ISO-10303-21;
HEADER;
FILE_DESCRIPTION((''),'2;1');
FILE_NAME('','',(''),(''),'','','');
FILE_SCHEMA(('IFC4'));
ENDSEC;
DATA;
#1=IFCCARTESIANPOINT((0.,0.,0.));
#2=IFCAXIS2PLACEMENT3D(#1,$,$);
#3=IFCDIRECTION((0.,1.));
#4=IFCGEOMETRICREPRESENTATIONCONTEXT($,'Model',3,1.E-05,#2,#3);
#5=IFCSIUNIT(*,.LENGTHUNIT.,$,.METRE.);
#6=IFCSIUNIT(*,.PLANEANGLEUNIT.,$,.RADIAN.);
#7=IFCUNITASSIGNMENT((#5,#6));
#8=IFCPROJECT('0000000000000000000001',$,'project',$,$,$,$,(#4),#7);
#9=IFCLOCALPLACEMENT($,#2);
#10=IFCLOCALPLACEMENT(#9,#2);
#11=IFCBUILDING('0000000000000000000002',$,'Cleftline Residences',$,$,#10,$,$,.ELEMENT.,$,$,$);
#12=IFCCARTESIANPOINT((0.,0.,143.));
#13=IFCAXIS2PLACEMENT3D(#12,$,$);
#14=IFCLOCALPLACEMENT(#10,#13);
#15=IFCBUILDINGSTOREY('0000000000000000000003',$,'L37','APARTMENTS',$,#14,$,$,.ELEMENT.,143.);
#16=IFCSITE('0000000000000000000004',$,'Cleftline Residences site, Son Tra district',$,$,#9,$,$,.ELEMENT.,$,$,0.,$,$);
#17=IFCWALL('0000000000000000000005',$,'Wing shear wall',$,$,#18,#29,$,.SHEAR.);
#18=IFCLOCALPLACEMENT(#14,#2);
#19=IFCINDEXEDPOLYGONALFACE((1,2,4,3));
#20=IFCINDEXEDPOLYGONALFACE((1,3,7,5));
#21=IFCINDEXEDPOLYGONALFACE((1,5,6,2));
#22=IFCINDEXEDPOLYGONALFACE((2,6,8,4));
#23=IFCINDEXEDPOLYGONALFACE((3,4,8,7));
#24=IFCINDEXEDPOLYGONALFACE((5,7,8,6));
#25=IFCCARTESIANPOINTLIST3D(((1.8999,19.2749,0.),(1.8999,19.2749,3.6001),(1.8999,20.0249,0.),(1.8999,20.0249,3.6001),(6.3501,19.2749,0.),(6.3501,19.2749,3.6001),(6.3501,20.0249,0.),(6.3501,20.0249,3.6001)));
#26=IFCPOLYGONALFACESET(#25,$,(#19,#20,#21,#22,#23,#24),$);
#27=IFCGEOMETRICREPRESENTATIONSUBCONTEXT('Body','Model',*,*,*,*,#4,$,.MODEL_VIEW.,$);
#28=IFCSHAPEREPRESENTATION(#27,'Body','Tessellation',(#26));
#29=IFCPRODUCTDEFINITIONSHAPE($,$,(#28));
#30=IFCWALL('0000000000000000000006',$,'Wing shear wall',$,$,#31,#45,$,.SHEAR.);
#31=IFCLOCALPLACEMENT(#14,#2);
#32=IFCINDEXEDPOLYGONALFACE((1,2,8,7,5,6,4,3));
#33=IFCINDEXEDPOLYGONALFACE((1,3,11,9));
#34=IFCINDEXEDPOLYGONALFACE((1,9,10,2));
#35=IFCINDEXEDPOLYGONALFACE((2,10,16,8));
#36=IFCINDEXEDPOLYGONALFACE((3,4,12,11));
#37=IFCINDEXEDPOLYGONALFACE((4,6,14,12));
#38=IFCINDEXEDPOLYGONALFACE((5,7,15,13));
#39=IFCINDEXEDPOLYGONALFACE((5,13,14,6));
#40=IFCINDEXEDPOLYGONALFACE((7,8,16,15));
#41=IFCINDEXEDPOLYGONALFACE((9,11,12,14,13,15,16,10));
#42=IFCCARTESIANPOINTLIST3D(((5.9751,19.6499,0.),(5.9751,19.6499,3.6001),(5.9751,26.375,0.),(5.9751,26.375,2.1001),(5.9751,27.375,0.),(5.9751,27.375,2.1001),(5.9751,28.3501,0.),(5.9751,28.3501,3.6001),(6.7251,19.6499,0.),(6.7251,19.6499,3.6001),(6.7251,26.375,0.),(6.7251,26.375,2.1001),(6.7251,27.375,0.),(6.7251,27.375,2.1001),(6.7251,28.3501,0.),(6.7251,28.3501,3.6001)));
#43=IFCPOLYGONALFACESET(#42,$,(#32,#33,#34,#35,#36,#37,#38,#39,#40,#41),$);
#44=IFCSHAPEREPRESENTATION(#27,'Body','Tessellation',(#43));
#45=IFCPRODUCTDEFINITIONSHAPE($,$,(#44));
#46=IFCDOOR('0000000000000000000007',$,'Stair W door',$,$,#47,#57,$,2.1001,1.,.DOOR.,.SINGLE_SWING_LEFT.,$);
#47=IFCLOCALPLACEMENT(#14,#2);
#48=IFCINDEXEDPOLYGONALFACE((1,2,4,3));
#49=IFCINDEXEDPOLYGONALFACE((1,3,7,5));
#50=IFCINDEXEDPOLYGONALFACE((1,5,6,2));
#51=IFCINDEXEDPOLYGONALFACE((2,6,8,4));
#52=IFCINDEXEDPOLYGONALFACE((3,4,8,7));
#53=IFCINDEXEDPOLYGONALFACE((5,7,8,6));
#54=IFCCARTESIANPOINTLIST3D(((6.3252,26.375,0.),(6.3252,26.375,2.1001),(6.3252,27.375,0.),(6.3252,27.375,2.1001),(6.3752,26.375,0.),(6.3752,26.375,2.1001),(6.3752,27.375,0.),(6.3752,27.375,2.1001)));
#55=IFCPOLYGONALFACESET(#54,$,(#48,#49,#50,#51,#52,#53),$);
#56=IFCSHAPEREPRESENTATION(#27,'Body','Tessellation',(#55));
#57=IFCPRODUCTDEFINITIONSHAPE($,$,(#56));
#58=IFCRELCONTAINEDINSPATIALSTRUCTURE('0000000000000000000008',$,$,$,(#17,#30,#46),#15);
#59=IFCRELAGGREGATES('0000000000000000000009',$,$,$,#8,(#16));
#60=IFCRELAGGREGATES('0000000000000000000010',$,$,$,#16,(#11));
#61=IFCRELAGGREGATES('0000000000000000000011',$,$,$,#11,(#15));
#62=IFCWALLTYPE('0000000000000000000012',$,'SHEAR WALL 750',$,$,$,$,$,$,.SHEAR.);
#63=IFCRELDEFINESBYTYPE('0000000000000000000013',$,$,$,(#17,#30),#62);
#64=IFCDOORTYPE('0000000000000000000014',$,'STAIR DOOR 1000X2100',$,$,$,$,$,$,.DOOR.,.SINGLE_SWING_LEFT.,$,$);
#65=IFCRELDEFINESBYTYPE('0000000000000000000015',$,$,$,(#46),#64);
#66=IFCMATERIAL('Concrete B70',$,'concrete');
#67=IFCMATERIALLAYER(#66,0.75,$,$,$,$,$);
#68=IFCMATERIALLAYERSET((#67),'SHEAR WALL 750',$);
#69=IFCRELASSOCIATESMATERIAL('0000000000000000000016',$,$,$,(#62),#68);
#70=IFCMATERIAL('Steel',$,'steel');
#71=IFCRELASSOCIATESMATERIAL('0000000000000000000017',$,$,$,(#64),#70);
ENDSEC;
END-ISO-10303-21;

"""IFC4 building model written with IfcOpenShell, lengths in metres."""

from ifc_helpers import new_model, si_unit, direction, frame, frame_2d, origin, place, context, subcontext, project, spatial, rectangle, extrude, material, layer, layer_set, type_object, element, fill, save


model = new_model("IFC4")

# Units and contexts
model_context = context("Model", 3, precision=1e-05, world=origin(), true_north=direction((0.0, 1.0)))
body_context = subcontext(model_context, "Body", "Model", "MODEL_VIEW")
ifc_project = project(units=[si_unit("LENGTHUNIT", "METRE"), si_unit("PLANEANGLEUNIT", "RADIAN")], contexts=[model_context])

# Site, building, storey
site_placement = place(None, origin())
site = spatial("IfcSite", under=ifc_project, at=site_placement, Name="Cleftline Residences site, Son Tra district", CompositionType="ELEMENT", RefElevation=0.0)
building_placement = place(site_placement, origin())
building = spatial("IfcBuilding", under=site, at=building_placement, Name="Cleftline Residences", CompositionType="ELEMENT")
storey_placement = place(building_placement, frame((0.0, 0.0, 143.0)))
storey = spatial("IfcBuildingStorey", under=building, at=storey_placement, Name="L37", Description="APARTMENTS", CompositionType="ELEMENT", Elevation=143.0)

# Wall
ifc_material_1 = material(Name="Concrete B70", Category="concrete")
ifc_layer_1 = layer(ifc_material_1, 0.75)
ifc_layer_set_1 = layer_set([ifc_layer_1], Name="SHEAR WALL 750")
wall_type_1 = type_object("IfcWallType", Name="SHEAR WALL 750", PredefinedType="SHEAR", material=ifc_layer_set_1)
wall_1_placement = place(storey_placement, frame((1.8999, 19.6499, 0.0), z_axis=(0.0, 0.0, 1.0), x_axis=(1.0, 0.0, 0.0)))
element("IfcWall", 1, at=wall_1_placement, inside=storey, type_object=wall_type_1, Name="Wing shear wall", PredefinedType="SHEAR", context=body_context, shape_type="SweptSolid", body=[
    extrude(rectangle(XDim=4.4502, YDim=0.75, at=frame_2d((2.2251, 0.0))), origin(), (0.0, 0.0, 1.0), 3.6001),
])

# Wall, opening, door
wall_2_placement = place(storey_placement, frame((6.3501, 19.6499, 0.0), z_axis=(0.0, 0.0, 1.0), x_axis=(0.0, 1.0, 0.0)))
wall_2 = element("IfcWall", 2, at=wall_2_placement, inside=storey, type_object=wall_type_1, Name="Wing shear wall", PredefinedType="SHEAR", context=body_context, shape_type="SweptSolid", body=[
    extrude(rectangle(XDim=8.7002, YDim=0.75, at=frame_2d((4.3501, 0.0))), origin(), (0.0, 0.0, 1.0), 3.6001),
])
opening_1_placement = place(wall_2_placement, frame((6.7251, 0.0, 0.0)))
opening_1 = element("IfcOpeningElement", 3, at=opening_1_placement, cuts=wall_2, PredefinedType="OPENING", context=body_context, shape_type="SweptSolid", body=[
    extrude(rectangle(XDim=1.0, YDim=2.1001, at=frame_2d((0.5, 1.05))), frame((0.0, 0.385, 0.0), z_axis=(0.0, -1.0, 0.0), x_axis=(1.0, 0.0, 0.0)), (0.0, 0.0, 1.0), 0.77),
])
ifc_material_2 = material(Name="Steel", Category="steel")
door_type_1 = type_object("IfcDoorType", Name="STAIR DOOR 1000X2100", OperationType="SINGLE_SWING_LEFT", PredefinedType="DOOR", material=ifc_material_2)
door_1_placement = place(opening_1_placement, origin())
door_1 = element("IfcDoor", 4, at=door_1_placement, inside=storey, type_object=door_type_1, Name="Stair W door", OperationType="SINGLE_SWING_LEFT", OverallHeight=2.1001, OverallWidth=1.0, PredefinedType="DOOR", context=body_context, shape_type="SweptSolid", body=[
    extrude(rectangle(XDim=1.0, YDim=2.1001, at=frame_2d((0.5, 1.05))), frame((0.0, 0.0249, 0.0), z_axis=(0.0, -1.0, 0.0), x_axis=(1.0, 0.0, 0.0)), (0.0, 0.0, 1.0), 0.05),
])
fill(opening_1, door_1)

save(model, "model.ifc")
